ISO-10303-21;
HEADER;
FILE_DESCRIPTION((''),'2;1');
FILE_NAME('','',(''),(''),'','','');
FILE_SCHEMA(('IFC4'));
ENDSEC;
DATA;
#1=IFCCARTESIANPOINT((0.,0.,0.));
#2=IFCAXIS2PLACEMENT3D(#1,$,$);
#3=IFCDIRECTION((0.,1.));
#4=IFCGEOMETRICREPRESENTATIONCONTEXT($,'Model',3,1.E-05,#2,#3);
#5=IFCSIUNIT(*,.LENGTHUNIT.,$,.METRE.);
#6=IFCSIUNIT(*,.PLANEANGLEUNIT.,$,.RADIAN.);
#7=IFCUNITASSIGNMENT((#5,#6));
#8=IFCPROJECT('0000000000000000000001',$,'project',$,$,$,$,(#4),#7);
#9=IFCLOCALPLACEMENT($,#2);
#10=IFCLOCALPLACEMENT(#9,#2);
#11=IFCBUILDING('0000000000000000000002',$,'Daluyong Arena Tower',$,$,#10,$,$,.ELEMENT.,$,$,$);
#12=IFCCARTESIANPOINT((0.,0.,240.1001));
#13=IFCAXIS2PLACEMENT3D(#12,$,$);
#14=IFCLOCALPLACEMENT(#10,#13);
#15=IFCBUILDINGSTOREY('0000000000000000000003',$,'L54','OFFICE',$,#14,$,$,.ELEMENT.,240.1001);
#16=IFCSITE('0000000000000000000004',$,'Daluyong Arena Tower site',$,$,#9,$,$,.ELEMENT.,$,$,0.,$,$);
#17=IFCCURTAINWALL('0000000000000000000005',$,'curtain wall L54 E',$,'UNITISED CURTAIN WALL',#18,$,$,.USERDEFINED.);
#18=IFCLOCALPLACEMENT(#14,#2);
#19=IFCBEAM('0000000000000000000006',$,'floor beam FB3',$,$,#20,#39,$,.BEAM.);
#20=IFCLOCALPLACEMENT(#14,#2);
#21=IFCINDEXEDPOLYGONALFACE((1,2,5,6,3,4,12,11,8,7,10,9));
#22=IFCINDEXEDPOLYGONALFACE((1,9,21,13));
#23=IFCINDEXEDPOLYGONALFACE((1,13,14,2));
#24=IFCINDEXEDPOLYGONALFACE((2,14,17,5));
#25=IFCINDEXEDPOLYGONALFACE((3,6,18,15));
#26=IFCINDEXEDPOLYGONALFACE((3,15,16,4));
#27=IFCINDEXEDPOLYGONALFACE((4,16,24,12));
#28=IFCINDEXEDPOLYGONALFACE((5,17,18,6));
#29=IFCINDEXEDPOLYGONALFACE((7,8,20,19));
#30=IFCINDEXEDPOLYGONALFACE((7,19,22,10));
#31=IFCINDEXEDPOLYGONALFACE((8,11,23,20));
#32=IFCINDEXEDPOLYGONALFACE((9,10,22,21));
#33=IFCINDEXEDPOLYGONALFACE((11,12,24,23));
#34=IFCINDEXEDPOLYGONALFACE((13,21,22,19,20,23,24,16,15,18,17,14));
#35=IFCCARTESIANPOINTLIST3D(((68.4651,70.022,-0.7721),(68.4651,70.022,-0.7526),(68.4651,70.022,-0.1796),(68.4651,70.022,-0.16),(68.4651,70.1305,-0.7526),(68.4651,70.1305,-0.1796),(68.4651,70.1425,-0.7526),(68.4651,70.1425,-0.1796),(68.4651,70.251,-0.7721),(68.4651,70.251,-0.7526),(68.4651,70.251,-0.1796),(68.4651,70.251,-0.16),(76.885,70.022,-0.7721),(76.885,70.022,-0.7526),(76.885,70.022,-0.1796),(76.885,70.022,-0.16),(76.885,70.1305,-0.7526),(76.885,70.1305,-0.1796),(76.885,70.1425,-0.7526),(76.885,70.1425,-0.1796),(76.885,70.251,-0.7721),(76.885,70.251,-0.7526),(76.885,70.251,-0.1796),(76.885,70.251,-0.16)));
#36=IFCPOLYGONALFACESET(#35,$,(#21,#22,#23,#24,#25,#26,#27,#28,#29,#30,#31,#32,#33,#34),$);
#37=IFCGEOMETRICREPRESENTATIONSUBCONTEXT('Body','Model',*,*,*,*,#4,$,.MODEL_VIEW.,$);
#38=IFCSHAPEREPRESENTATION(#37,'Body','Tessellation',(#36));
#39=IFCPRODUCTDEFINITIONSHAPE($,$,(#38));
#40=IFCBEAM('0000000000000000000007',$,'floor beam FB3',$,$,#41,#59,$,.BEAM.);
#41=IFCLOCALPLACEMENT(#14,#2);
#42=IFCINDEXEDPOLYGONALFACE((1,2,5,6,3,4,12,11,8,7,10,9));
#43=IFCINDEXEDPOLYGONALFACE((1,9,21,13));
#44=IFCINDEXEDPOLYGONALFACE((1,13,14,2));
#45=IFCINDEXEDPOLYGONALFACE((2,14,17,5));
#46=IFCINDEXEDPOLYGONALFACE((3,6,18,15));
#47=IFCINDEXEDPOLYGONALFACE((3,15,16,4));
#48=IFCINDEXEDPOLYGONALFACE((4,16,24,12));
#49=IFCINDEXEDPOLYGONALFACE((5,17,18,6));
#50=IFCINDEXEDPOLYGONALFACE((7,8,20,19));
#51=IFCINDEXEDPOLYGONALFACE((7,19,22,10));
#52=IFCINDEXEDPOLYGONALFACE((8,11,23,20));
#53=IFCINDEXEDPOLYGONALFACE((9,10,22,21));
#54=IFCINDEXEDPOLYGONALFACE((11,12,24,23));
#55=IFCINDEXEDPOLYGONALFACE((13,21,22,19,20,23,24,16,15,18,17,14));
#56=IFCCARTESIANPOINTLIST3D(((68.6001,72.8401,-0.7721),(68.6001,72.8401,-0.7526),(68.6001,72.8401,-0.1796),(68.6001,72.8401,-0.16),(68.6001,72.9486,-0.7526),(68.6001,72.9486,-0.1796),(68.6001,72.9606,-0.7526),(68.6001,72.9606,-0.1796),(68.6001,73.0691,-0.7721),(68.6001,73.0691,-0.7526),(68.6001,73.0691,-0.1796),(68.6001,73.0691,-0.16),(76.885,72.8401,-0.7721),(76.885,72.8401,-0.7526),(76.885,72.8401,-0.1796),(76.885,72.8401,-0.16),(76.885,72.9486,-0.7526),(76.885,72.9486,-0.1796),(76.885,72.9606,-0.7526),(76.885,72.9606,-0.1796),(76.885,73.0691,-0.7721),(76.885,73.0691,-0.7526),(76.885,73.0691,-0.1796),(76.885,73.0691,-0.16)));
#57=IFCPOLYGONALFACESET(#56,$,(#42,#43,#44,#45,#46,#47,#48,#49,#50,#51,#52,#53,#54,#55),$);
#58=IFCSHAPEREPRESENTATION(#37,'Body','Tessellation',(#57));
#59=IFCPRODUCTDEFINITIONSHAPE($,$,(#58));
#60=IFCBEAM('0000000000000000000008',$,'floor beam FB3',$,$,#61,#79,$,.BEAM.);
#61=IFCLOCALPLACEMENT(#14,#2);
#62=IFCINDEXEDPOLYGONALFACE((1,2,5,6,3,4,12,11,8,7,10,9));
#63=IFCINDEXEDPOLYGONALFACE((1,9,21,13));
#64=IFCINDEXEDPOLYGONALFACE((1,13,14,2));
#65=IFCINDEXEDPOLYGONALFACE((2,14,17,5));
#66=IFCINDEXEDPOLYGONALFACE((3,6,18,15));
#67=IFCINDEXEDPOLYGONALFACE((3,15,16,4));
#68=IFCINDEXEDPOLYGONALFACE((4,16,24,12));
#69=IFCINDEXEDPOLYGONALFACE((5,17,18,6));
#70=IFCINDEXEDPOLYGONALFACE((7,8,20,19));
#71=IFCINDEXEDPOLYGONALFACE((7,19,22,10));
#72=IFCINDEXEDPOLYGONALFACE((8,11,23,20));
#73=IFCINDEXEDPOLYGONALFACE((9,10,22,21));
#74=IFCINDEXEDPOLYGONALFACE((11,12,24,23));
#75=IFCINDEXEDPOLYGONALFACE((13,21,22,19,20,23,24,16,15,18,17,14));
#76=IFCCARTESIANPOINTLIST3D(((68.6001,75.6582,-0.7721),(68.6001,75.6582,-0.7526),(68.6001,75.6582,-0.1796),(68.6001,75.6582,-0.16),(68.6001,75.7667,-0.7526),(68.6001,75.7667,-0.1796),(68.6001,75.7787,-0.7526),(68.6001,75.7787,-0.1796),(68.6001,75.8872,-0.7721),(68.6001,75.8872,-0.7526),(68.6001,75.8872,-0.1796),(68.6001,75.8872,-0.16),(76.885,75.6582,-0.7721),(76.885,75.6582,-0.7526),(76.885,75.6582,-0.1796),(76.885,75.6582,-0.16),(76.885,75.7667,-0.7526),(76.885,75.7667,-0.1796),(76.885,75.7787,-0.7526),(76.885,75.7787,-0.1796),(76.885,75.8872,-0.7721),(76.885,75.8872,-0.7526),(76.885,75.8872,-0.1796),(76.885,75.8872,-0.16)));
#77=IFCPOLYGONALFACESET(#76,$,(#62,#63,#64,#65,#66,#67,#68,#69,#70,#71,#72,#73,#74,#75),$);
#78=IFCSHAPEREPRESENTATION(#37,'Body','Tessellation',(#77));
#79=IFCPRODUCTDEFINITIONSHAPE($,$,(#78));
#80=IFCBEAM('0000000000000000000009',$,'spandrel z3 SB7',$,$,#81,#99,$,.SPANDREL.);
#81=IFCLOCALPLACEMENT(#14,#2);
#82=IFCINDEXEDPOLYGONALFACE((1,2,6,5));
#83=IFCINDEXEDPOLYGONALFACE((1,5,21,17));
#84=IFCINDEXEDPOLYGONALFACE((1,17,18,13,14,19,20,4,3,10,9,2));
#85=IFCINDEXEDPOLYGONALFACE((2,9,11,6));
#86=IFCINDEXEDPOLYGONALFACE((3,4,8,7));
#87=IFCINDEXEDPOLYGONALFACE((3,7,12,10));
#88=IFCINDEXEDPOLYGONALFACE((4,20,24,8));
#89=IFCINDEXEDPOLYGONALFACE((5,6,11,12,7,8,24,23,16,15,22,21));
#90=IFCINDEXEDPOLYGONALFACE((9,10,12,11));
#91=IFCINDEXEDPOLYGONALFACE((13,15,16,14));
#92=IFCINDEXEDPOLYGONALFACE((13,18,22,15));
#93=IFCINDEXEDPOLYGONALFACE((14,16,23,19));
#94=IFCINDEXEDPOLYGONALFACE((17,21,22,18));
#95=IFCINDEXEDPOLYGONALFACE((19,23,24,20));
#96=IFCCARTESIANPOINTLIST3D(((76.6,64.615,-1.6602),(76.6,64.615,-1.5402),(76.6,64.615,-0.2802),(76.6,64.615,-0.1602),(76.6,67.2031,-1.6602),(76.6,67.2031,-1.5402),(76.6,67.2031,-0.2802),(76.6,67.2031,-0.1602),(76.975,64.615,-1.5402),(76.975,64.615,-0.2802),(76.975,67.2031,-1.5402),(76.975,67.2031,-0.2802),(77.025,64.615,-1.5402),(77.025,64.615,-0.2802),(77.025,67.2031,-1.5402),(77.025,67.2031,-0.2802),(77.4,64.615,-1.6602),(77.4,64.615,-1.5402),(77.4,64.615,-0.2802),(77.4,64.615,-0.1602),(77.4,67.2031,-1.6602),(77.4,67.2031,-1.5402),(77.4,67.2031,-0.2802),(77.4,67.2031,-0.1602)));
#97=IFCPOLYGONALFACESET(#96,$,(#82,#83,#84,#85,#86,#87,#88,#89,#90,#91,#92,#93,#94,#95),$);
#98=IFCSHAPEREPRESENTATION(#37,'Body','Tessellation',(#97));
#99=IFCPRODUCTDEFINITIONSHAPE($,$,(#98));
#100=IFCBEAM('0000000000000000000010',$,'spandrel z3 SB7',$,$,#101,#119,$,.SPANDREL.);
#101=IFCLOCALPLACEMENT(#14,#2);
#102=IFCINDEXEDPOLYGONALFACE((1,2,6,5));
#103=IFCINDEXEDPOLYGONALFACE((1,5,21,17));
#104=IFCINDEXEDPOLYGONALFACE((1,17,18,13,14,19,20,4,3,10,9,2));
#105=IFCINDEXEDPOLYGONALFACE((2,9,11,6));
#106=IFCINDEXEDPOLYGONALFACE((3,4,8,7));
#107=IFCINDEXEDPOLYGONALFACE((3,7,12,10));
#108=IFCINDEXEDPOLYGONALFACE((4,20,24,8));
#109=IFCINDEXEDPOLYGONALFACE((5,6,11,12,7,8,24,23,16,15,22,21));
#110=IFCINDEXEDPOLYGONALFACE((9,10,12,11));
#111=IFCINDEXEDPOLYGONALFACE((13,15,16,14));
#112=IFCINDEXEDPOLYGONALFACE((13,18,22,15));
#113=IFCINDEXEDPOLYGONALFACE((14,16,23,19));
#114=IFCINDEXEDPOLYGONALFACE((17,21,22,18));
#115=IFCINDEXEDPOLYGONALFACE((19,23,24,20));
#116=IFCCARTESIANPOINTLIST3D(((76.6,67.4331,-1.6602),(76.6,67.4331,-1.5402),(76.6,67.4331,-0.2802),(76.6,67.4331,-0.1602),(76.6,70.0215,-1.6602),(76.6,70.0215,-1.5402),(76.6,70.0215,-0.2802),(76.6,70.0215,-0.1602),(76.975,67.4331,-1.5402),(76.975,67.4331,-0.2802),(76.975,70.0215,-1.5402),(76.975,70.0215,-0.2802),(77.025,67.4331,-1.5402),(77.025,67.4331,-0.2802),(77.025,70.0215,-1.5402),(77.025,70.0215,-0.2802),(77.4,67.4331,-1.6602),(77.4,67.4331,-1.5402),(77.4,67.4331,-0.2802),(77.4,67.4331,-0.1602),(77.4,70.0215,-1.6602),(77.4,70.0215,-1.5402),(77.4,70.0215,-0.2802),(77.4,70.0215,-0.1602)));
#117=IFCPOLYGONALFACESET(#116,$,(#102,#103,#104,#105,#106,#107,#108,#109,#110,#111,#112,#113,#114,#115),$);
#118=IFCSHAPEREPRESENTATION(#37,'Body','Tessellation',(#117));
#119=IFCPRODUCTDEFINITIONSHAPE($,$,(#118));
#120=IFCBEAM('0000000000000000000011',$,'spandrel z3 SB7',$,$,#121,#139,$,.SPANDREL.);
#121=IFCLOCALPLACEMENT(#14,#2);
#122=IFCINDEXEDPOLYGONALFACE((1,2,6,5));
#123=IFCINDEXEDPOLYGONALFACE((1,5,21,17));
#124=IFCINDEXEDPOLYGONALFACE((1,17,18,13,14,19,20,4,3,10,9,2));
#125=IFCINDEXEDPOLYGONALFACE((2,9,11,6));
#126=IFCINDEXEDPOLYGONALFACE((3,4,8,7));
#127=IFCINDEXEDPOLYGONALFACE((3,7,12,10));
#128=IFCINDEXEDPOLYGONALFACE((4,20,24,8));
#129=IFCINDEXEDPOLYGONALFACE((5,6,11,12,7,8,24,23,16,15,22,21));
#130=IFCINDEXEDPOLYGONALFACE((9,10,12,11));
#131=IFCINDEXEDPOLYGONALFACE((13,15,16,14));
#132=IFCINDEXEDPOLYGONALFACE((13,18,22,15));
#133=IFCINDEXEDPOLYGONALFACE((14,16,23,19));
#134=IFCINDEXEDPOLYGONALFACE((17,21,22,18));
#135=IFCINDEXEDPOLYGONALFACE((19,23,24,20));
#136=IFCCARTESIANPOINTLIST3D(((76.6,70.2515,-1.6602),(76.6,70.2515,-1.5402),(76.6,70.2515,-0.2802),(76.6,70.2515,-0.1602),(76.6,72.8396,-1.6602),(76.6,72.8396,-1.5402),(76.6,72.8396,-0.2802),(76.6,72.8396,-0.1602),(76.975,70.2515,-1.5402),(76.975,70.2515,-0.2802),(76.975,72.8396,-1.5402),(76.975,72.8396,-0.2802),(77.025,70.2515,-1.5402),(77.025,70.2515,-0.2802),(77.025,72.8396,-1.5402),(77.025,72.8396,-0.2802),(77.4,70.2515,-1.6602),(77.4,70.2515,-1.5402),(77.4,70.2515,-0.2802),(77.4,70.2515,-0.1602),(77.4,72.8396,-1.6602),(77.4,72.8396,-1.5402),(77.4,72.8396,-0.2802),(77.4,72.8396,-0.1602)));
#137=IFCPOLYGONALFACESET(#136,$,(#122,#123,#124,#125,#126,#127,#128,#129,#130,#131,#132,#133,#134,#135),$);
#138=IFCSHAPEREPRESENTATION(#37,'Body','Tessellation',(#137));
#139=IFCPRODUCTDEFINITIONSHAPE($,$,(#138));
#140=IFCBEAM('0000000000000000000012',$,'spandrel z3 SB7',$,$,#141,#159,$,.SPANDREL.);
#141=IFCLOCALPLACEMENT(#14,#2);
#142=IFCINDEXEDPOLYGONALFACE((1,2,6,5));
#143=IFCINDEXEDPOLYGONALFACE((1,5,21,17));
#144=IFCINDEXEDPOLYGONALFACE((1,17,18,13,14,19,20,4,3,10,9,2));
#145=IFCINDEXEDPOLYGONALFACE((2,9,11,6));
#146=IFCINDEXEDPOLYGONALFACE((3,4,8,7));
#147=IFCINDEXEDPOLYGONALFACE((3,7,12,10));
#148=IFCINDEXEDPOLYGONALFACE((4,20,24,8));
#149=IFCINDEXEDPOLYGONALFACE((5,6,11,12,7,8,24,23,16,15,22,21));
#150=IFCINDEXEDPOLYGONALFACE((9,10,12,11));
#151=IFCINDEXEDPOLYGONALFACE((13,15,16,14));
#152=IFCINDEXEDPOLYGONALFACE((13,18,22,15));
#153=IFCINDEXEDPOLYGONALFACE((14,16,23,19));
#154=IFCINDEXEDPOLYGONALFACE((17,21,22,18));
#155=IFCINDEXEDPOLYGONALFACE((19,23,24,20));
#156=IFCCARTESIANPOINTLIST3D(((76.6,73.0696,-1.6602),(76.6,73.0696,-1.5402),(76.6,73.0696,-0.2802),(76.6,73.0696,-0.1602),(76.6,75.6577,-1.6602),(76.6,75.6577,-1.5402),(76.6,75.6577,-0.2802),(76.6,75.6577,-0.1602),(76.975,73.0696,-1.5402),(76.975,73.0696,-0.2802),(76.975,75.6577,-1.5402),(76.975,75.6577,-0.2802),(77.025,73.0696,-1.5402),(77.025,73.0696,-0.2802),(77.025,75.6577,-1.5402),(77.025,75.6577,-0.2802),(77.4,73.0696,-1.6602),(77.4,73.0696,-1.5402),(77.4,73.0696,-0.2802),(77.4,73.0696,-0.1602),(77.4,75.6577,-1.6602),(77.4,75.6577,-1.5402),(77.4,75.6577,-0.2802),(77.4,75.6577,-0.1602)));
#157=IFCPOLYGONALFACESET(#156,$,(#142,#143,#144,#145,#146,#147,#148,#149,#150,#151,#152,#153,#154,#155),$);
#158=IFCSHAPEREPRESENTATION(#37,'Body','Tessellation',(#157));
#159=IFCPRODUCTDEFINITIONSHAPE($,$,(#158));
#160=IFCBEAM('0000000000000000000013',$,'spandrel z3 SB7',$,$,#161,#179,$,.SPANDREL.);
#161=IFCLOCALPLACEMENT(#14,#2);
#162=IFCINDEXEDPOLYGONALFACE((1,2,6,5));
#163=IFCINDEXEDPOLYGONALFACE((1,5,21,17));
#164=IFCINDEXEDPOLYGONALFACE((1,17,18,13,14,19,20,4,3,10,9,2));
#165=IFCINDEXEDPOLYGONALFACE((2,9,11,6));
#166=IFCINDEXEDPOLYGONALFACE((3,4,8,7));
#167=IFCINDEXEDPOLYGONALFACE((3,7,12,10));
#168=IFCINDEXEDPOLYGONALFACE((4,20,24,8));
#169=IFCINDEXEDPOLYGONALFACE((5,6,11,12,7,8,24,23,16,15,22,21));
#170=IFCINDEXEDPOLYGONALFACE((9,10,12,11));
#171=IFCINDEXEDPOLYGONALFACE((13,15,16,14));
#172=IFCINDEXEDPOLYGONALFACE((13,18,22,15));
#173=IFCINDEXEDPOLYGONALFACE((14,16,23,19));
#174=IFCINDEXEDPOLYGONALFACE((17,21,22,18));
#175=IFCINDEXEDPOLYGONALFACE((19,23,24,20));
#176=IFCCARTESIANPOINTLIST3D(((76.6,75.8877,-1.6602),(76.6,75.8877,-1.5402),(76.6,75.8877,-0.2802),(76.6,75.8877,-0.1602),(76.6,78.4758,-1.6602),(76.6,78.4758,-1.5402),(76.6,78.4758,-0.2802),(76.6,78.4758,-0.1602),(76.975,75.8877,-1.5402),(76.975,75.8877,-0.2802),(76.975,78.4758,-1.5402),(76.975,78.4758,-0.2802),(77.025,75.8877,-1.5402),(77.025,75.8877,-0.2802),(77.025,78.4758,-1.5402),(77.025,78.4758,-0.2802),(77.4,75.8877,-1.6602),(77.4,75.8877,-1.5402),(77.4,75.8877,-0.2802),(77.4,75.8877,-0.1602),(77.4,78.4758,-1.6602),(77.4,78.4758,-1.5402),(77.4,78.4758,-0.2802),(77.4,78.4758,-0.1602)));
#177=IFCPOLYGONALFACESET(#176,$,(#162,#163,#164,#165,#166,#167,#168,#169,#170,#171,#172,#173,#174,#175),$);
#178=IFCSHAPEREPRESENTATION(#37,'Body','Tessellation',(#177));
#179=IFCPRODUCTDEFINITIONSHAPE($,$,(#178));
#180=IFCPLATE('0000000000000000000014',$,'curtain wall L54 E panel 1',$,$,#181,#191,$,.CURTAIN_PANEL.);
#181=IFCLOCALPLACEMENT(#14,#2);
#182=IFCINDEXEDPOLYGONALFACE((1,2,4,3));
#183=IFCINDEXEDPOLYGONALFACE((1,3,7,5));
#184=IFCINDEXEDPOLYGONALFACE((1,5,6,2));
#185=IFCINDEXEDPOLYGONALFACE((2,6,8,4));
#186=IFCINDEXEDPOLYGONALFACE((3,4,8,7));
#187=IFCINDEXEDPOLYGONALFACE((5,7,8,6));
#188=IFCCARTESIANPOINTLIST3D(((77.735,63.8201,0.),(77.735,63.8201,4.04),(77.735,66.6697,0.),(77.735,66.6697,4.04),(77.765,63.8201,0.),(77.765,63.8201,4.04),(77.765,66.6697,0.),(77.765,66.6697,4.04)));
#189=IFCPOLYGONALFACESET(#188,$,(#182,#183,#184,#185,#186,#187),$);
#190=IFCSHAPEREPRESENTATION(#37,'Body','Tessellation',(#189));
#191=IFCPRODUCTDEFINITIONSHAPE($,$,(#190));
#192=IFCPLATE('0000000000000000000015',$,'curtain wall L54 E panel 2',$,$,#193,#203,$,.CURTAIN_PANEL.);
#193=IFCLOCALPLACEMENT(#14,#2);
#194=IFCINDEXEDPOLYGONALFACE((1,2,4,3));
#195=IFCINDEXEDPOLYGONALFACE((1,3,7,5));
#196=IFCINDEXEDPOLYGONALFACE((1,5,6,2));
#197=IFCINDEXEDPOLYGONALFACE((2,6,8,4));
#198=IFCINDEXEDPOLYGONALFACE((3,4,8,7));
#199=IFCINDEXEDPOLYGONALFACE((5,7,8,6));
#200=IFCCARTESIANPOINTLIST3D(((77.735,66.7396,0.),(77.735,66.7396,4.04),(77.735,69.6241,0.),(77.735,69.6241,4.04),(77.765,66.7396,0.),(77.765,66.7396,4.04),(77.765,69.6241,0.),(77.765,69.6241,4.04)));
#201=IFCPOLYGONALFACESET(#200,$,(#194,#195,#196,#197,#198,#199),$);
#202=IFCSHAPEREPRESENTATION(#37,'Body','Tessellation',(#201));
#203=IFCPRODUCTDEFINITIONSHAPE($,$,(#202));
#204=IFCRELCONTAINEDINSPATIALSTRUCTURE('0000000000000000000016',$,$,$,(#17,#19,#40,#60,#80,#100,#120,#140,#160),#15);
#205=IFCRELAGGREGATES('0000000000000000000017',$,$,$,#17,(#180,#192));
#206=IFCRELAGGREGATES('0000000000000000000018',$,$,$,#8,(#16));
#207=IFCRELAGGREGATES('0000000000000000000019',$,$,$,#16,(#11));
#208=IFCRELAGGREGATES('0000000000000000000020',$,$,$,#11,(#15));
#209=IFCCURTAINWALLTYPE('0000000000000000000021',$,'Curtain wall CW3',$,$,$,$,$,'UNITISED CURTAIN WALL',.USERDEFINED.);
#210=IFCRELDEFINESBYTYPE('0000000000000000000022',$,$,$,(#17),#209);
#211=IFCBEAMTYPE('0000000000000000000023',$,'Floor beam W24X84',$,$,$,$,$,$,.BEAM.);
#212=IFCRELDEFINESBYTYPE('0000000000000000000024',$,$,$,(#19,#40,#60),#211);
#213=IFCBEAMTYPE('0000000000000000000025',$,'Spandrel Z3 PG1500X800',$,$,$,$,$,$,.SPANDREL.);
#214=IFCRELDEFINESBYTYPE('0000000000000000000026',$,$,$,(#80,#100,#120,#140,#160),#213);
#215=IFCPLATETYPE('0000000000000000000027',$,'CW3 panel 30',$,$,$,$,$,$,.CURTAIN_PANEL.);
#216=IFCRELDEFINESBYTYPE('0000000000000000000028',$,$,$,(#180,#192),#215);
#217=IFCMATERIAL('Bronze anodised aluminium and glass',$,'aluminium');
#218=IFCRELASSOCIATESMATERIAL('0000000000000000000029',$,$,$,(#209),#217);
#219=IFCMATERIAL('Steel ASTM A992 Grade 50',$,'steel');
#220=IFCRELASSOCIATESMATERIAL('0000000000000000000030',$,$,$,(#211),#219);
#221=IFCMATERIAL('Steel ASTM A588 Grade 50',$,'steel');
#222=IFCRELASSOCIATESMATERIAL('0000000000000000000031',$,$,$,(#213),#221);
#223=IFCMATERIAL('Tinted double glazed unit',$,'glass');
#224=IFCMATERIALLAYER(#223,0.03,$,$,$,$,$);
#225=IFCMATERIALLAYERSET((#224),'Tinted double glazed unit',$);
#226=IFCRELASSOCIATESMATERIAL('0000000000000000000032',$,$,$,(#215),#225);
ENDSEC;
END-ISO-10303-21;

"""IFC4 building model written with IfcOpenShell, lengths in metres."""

from ifc_helpers import new_model, si_unit, direction, frame, origin, origin_2d, place, context, subcontext, project, spatial, rectangle, i_section, extrude, material, layer, layer_set, material_profile, profile_set, type_object, element, aggregate, save


model = new_model("IFC4")

# Units and contexts
model_context = context("Model", 3, precision=1e-05, world=origin(), true_north=direction((0.0, 1.0)))
body_context = subcontext(model_context, "Body", "Model", "MODEL_VIEW")
ifc_project = project(units=[si_unit("LENGTHUNIT", "METRE"), si_unit("PLANEANGLEUNIT", "RADIAN")], contexts=[model_context])

# Site, building, storey
site_placement = place(None, origin())
site = spatial("IfcSite", under=ifc_project, at=site_placement, Name="Daluyong Arena Tower site", CompositionType="ELEMENT", RefElevation=0.0)
building_placement = place(site_placement, origin())
building = spatial("IfcBuilding", under=site, at=building_placement, Name="Daluyong Arena Tower", CompositionType="ELEMENT")
storey_placement = place(building_placement, frame((0.0, 0.0, 240.1001)))
storey = spatial("IfcBuildingStorey", under=building, at=storey_placement, Name="L54", Description="OFFICE", CompositionType="ELEMENT", Elevation=240.1001)

# Curtain wall
ifc_material_1 = material(Name="Bronze anodised aluminium and glass", Category="aluminium")
curtain_wall_type = type_object("IfcCurtainWallType", Name="Curtain wall CW3", ElementType="UNITISED CURTAIN WALL", PredefinedType="USERDEFINED", material=ifc_material_1)
curtain_wall_placement = place(storey_placement, origin())
curtain_wall = element("IfcCurtainWall", 1, at=curtain_wall_placement, inside=storey, type_object=curtain_wall_type, Name="curtain wall L54 E", ObjectType="UNITISED CURTAIN WALL", PredefinedType="USERDEFINED")

# Beams
ifc_material_2 = material(Name="Steel ASTM A992 Grade 50", Category="steel")
ifc_material_profile_1 = material_profile(ifc_material_2, i_section(OverallWidth=0.229, OverallDepth=0.6121, WebThickness=0.012, FlangeThickness=0.0195, at=origin_2d()))
ifc_profile_set_1 = profile_set([ifc_material_profile_1], Name="Steel ASTM A992 Grade 50")
beam_type_1 = type_object("IfcBeamType", Name="Floor beam W24X84", PredefinedType="BEAM", material=ifc_profile_set_1)
beam_1_placement = place(storey_placement, frame((76.885, 70.1365, -0.4661), z_axis=(-1.0, 0.0, 0.0), x_axis=(0.0, -1.0, 0.0)))
element("IfcBeam", 2, at=beam_1_placement, inside=storey, type_object=beam_type_1, Name="floor beam FB3", PredefinedType="BEAM", context=body_context, shape_type="SweptSolid", body=[
    extrude(i_section(OverallWidth=0.229, OverallDepth=0.6121, WebThickness=0.012, FlangeThickness=0.0195, at=origin_2d()), origin(), (0.0, 0.0, 1.0), 8.4199),
])
for number, where, z_axis, x_axis, name in (
    (3, (76.885, 72.9546, -0.4661), (-1.0, 0.0, 0.0), (0.0, -1.0, 0.0), "floor beam FB3"),
    (4, (76.885, 75.7727, -0.4661), (-1.0, 0.0, 0.0), (0.0, -1.0, 0.0), "floor beam FB3"),
):
    element("IfcBeam", number, at=place(storey_placement, frame(where, z_axis=z_axis, x_axis=x_axis)), inside=storey, type_object=beam_type_1, Name=name, PredefinedType="BEAM", context=body_context, shape_type="SweptSolid", body=[
        extrude(i_section(OverallWidth=0.229, OverallDepth=0.6121, WebThickness=0.012, FlangeThickness=0.0195, at=origin_2d()), origin(), (0.0, 0.0, 1.0), 8.2849),
    ])
ifc_material_3 = material(Name="Steel ASTM A588 Grade 50", Category="steel")
ifc_material_profile_2 = material_profile(ifc_material_3, i_section(OverallWidth=0.8, OverallDepth=1.5, WebThickness=0.05, FlangeThickness=0.12, at=origin_2d()))
ifc_profile_set_2 = profile_set([ifc_material_profile_2], Name="Steel ASTM A588 Grade 50")
beam_type_2 = type_object("IfcBeamType", Name="Spandrel Z3 PG1500X800", PredefinedType="SPANDREL", material=ifc_profile_set_2)
beam_2_placement = place(storey_placement, frame((77.0, 64.615, -0.9102), z_axis=(0.0, 1.0, 0.0), x_axis=(-1.0, 0.0, 0.0)))
element("IfcBeam", 5, at=beam_2_placement, inside=storey, type_object=beam_type_2, Name="spandrel z3 SB7", PredefinedType="SPANDREL", context=body_context, shape_type="SweptSolid", body=[
    extrude(i_section(OverallWidth=0.8, OverallDepth=1.5, WebThickness=0.05, FlangeThickness=0.12, at=origin_2d()), origin(), (0.0, 0.0, 1.0), 2.5881),
])
beam_3_placement = place(storey_placement, frame((77.0, 67.4331, -0.9102), z_axis=(0.0, 1.0, 0.0), x_axis=(-1.0, 0.0, 0.0)))
element("IfcBeam", 6, at=beam_3_placement, inside=storey, type_object=beam_type_2, Name="spandrel z3 SB7", PredefinedType="SPANDREL", context=body_context, shape_type="SweptSolid", body=[
    extrude(i_section(OverallWidth=0.8, OverallDepth=1.5, WebThickness=0.05, FlangeThickness=0.12, at=origin_2d()), origin(), (0.0, 0.0, 1.0), 2.5884),
])
for number, where, z_axis, x_axis, name in (
    (7, (77.0, 70.2515, -0.9102), (0.0, 1.0, 0.0), (-1.0, 0.0, 0.0), "spandrel z3 SB7"),
    (8, (77.0, 73.0696, -0.9102), (0.0, 1.0, 0.0), (-1.0, 0.0, 0.0), "spandrel z3 SB7"),
    (9, (77.0, 75.8877, -0.9102), (0.0, 1.0, 0.0), (-1.0, 0.0, 0.0), "spandrel z3 SB7"),
):
    element("IfcBeam", number, at=place(storey_placement, frame(where, z_axis=z_axis, x_axis=x_axis)), inside=storey, type_object=beam_type_2, Name=name, PredefinedType="SPANDREL", context=body_context, shape_type="SweptSolid", body=[
        extrude(i_section(OverallWidth=0.8, OverallDepth=1.5, WebThickness=0.05, FlangeThickness=0.12, at=origin_2d()), origin(), (0.0, 0.0, 1.0), 2.5881),
    ])

# Plates
ifc_material_4 = material(Name="Tinted double glazed unit", Category="glass")
ifc_layer_1 = layer(ifc_material_4, 0.03)
ifc_layer_set_1 = layer_set([ifc_layer_1], Name="Tinted double glazed unit")
plate_type = type_object("IfcPlateType", Name="CW3 panel 30", PredefinedType="CURTAIN_PANEL", material=ifc_layer_set_1)
plate_1_placement = place(storey_placement, frame((77.75, 65.2449, 0.0), z_axis=(0.0, 0.0, 1.0), x_axis=(0.0, 1.0, 0.0)))
plate_1 = element("IfcPlate", 10, at=plate_1_placement, type_object=plate_type, Name="curtain wall L54 E panel 1", PredefinedType="CURTAIN_PANEL", context=body_context, shape_type="SweptSolid", body=[
    extrude(rectangle(XDim=2.8496, YDim=0.03, at=origin_2d()), origin(), (0.0, 0.0, 1.0), 4.04),
])
plate_2_placement = place(storey_placement, frame((77.75, 68.1819, 0.0), z_axis=(0.0, 0.0, 1.0), x_axis=(0.0, 1.0, 0.0)))
plate_2 = element("IfcPlate", 11, at=plate_2_placement, type_object=plate_type, Name="curtain wall L54 E panel 2", PredefinedType="CURTAIN_PANEL", context=body_context, shape_type="SweptSolid", body=[
    extrude(rectangle(XDim=2.8845, YDim=0.03, at=origin_2d()), origin(), (0.0, 0.0, 1.0), 4.04),
])
aggregate(curtain_wall, [plate_1, plate_2])

save(model, "model.ifc")
